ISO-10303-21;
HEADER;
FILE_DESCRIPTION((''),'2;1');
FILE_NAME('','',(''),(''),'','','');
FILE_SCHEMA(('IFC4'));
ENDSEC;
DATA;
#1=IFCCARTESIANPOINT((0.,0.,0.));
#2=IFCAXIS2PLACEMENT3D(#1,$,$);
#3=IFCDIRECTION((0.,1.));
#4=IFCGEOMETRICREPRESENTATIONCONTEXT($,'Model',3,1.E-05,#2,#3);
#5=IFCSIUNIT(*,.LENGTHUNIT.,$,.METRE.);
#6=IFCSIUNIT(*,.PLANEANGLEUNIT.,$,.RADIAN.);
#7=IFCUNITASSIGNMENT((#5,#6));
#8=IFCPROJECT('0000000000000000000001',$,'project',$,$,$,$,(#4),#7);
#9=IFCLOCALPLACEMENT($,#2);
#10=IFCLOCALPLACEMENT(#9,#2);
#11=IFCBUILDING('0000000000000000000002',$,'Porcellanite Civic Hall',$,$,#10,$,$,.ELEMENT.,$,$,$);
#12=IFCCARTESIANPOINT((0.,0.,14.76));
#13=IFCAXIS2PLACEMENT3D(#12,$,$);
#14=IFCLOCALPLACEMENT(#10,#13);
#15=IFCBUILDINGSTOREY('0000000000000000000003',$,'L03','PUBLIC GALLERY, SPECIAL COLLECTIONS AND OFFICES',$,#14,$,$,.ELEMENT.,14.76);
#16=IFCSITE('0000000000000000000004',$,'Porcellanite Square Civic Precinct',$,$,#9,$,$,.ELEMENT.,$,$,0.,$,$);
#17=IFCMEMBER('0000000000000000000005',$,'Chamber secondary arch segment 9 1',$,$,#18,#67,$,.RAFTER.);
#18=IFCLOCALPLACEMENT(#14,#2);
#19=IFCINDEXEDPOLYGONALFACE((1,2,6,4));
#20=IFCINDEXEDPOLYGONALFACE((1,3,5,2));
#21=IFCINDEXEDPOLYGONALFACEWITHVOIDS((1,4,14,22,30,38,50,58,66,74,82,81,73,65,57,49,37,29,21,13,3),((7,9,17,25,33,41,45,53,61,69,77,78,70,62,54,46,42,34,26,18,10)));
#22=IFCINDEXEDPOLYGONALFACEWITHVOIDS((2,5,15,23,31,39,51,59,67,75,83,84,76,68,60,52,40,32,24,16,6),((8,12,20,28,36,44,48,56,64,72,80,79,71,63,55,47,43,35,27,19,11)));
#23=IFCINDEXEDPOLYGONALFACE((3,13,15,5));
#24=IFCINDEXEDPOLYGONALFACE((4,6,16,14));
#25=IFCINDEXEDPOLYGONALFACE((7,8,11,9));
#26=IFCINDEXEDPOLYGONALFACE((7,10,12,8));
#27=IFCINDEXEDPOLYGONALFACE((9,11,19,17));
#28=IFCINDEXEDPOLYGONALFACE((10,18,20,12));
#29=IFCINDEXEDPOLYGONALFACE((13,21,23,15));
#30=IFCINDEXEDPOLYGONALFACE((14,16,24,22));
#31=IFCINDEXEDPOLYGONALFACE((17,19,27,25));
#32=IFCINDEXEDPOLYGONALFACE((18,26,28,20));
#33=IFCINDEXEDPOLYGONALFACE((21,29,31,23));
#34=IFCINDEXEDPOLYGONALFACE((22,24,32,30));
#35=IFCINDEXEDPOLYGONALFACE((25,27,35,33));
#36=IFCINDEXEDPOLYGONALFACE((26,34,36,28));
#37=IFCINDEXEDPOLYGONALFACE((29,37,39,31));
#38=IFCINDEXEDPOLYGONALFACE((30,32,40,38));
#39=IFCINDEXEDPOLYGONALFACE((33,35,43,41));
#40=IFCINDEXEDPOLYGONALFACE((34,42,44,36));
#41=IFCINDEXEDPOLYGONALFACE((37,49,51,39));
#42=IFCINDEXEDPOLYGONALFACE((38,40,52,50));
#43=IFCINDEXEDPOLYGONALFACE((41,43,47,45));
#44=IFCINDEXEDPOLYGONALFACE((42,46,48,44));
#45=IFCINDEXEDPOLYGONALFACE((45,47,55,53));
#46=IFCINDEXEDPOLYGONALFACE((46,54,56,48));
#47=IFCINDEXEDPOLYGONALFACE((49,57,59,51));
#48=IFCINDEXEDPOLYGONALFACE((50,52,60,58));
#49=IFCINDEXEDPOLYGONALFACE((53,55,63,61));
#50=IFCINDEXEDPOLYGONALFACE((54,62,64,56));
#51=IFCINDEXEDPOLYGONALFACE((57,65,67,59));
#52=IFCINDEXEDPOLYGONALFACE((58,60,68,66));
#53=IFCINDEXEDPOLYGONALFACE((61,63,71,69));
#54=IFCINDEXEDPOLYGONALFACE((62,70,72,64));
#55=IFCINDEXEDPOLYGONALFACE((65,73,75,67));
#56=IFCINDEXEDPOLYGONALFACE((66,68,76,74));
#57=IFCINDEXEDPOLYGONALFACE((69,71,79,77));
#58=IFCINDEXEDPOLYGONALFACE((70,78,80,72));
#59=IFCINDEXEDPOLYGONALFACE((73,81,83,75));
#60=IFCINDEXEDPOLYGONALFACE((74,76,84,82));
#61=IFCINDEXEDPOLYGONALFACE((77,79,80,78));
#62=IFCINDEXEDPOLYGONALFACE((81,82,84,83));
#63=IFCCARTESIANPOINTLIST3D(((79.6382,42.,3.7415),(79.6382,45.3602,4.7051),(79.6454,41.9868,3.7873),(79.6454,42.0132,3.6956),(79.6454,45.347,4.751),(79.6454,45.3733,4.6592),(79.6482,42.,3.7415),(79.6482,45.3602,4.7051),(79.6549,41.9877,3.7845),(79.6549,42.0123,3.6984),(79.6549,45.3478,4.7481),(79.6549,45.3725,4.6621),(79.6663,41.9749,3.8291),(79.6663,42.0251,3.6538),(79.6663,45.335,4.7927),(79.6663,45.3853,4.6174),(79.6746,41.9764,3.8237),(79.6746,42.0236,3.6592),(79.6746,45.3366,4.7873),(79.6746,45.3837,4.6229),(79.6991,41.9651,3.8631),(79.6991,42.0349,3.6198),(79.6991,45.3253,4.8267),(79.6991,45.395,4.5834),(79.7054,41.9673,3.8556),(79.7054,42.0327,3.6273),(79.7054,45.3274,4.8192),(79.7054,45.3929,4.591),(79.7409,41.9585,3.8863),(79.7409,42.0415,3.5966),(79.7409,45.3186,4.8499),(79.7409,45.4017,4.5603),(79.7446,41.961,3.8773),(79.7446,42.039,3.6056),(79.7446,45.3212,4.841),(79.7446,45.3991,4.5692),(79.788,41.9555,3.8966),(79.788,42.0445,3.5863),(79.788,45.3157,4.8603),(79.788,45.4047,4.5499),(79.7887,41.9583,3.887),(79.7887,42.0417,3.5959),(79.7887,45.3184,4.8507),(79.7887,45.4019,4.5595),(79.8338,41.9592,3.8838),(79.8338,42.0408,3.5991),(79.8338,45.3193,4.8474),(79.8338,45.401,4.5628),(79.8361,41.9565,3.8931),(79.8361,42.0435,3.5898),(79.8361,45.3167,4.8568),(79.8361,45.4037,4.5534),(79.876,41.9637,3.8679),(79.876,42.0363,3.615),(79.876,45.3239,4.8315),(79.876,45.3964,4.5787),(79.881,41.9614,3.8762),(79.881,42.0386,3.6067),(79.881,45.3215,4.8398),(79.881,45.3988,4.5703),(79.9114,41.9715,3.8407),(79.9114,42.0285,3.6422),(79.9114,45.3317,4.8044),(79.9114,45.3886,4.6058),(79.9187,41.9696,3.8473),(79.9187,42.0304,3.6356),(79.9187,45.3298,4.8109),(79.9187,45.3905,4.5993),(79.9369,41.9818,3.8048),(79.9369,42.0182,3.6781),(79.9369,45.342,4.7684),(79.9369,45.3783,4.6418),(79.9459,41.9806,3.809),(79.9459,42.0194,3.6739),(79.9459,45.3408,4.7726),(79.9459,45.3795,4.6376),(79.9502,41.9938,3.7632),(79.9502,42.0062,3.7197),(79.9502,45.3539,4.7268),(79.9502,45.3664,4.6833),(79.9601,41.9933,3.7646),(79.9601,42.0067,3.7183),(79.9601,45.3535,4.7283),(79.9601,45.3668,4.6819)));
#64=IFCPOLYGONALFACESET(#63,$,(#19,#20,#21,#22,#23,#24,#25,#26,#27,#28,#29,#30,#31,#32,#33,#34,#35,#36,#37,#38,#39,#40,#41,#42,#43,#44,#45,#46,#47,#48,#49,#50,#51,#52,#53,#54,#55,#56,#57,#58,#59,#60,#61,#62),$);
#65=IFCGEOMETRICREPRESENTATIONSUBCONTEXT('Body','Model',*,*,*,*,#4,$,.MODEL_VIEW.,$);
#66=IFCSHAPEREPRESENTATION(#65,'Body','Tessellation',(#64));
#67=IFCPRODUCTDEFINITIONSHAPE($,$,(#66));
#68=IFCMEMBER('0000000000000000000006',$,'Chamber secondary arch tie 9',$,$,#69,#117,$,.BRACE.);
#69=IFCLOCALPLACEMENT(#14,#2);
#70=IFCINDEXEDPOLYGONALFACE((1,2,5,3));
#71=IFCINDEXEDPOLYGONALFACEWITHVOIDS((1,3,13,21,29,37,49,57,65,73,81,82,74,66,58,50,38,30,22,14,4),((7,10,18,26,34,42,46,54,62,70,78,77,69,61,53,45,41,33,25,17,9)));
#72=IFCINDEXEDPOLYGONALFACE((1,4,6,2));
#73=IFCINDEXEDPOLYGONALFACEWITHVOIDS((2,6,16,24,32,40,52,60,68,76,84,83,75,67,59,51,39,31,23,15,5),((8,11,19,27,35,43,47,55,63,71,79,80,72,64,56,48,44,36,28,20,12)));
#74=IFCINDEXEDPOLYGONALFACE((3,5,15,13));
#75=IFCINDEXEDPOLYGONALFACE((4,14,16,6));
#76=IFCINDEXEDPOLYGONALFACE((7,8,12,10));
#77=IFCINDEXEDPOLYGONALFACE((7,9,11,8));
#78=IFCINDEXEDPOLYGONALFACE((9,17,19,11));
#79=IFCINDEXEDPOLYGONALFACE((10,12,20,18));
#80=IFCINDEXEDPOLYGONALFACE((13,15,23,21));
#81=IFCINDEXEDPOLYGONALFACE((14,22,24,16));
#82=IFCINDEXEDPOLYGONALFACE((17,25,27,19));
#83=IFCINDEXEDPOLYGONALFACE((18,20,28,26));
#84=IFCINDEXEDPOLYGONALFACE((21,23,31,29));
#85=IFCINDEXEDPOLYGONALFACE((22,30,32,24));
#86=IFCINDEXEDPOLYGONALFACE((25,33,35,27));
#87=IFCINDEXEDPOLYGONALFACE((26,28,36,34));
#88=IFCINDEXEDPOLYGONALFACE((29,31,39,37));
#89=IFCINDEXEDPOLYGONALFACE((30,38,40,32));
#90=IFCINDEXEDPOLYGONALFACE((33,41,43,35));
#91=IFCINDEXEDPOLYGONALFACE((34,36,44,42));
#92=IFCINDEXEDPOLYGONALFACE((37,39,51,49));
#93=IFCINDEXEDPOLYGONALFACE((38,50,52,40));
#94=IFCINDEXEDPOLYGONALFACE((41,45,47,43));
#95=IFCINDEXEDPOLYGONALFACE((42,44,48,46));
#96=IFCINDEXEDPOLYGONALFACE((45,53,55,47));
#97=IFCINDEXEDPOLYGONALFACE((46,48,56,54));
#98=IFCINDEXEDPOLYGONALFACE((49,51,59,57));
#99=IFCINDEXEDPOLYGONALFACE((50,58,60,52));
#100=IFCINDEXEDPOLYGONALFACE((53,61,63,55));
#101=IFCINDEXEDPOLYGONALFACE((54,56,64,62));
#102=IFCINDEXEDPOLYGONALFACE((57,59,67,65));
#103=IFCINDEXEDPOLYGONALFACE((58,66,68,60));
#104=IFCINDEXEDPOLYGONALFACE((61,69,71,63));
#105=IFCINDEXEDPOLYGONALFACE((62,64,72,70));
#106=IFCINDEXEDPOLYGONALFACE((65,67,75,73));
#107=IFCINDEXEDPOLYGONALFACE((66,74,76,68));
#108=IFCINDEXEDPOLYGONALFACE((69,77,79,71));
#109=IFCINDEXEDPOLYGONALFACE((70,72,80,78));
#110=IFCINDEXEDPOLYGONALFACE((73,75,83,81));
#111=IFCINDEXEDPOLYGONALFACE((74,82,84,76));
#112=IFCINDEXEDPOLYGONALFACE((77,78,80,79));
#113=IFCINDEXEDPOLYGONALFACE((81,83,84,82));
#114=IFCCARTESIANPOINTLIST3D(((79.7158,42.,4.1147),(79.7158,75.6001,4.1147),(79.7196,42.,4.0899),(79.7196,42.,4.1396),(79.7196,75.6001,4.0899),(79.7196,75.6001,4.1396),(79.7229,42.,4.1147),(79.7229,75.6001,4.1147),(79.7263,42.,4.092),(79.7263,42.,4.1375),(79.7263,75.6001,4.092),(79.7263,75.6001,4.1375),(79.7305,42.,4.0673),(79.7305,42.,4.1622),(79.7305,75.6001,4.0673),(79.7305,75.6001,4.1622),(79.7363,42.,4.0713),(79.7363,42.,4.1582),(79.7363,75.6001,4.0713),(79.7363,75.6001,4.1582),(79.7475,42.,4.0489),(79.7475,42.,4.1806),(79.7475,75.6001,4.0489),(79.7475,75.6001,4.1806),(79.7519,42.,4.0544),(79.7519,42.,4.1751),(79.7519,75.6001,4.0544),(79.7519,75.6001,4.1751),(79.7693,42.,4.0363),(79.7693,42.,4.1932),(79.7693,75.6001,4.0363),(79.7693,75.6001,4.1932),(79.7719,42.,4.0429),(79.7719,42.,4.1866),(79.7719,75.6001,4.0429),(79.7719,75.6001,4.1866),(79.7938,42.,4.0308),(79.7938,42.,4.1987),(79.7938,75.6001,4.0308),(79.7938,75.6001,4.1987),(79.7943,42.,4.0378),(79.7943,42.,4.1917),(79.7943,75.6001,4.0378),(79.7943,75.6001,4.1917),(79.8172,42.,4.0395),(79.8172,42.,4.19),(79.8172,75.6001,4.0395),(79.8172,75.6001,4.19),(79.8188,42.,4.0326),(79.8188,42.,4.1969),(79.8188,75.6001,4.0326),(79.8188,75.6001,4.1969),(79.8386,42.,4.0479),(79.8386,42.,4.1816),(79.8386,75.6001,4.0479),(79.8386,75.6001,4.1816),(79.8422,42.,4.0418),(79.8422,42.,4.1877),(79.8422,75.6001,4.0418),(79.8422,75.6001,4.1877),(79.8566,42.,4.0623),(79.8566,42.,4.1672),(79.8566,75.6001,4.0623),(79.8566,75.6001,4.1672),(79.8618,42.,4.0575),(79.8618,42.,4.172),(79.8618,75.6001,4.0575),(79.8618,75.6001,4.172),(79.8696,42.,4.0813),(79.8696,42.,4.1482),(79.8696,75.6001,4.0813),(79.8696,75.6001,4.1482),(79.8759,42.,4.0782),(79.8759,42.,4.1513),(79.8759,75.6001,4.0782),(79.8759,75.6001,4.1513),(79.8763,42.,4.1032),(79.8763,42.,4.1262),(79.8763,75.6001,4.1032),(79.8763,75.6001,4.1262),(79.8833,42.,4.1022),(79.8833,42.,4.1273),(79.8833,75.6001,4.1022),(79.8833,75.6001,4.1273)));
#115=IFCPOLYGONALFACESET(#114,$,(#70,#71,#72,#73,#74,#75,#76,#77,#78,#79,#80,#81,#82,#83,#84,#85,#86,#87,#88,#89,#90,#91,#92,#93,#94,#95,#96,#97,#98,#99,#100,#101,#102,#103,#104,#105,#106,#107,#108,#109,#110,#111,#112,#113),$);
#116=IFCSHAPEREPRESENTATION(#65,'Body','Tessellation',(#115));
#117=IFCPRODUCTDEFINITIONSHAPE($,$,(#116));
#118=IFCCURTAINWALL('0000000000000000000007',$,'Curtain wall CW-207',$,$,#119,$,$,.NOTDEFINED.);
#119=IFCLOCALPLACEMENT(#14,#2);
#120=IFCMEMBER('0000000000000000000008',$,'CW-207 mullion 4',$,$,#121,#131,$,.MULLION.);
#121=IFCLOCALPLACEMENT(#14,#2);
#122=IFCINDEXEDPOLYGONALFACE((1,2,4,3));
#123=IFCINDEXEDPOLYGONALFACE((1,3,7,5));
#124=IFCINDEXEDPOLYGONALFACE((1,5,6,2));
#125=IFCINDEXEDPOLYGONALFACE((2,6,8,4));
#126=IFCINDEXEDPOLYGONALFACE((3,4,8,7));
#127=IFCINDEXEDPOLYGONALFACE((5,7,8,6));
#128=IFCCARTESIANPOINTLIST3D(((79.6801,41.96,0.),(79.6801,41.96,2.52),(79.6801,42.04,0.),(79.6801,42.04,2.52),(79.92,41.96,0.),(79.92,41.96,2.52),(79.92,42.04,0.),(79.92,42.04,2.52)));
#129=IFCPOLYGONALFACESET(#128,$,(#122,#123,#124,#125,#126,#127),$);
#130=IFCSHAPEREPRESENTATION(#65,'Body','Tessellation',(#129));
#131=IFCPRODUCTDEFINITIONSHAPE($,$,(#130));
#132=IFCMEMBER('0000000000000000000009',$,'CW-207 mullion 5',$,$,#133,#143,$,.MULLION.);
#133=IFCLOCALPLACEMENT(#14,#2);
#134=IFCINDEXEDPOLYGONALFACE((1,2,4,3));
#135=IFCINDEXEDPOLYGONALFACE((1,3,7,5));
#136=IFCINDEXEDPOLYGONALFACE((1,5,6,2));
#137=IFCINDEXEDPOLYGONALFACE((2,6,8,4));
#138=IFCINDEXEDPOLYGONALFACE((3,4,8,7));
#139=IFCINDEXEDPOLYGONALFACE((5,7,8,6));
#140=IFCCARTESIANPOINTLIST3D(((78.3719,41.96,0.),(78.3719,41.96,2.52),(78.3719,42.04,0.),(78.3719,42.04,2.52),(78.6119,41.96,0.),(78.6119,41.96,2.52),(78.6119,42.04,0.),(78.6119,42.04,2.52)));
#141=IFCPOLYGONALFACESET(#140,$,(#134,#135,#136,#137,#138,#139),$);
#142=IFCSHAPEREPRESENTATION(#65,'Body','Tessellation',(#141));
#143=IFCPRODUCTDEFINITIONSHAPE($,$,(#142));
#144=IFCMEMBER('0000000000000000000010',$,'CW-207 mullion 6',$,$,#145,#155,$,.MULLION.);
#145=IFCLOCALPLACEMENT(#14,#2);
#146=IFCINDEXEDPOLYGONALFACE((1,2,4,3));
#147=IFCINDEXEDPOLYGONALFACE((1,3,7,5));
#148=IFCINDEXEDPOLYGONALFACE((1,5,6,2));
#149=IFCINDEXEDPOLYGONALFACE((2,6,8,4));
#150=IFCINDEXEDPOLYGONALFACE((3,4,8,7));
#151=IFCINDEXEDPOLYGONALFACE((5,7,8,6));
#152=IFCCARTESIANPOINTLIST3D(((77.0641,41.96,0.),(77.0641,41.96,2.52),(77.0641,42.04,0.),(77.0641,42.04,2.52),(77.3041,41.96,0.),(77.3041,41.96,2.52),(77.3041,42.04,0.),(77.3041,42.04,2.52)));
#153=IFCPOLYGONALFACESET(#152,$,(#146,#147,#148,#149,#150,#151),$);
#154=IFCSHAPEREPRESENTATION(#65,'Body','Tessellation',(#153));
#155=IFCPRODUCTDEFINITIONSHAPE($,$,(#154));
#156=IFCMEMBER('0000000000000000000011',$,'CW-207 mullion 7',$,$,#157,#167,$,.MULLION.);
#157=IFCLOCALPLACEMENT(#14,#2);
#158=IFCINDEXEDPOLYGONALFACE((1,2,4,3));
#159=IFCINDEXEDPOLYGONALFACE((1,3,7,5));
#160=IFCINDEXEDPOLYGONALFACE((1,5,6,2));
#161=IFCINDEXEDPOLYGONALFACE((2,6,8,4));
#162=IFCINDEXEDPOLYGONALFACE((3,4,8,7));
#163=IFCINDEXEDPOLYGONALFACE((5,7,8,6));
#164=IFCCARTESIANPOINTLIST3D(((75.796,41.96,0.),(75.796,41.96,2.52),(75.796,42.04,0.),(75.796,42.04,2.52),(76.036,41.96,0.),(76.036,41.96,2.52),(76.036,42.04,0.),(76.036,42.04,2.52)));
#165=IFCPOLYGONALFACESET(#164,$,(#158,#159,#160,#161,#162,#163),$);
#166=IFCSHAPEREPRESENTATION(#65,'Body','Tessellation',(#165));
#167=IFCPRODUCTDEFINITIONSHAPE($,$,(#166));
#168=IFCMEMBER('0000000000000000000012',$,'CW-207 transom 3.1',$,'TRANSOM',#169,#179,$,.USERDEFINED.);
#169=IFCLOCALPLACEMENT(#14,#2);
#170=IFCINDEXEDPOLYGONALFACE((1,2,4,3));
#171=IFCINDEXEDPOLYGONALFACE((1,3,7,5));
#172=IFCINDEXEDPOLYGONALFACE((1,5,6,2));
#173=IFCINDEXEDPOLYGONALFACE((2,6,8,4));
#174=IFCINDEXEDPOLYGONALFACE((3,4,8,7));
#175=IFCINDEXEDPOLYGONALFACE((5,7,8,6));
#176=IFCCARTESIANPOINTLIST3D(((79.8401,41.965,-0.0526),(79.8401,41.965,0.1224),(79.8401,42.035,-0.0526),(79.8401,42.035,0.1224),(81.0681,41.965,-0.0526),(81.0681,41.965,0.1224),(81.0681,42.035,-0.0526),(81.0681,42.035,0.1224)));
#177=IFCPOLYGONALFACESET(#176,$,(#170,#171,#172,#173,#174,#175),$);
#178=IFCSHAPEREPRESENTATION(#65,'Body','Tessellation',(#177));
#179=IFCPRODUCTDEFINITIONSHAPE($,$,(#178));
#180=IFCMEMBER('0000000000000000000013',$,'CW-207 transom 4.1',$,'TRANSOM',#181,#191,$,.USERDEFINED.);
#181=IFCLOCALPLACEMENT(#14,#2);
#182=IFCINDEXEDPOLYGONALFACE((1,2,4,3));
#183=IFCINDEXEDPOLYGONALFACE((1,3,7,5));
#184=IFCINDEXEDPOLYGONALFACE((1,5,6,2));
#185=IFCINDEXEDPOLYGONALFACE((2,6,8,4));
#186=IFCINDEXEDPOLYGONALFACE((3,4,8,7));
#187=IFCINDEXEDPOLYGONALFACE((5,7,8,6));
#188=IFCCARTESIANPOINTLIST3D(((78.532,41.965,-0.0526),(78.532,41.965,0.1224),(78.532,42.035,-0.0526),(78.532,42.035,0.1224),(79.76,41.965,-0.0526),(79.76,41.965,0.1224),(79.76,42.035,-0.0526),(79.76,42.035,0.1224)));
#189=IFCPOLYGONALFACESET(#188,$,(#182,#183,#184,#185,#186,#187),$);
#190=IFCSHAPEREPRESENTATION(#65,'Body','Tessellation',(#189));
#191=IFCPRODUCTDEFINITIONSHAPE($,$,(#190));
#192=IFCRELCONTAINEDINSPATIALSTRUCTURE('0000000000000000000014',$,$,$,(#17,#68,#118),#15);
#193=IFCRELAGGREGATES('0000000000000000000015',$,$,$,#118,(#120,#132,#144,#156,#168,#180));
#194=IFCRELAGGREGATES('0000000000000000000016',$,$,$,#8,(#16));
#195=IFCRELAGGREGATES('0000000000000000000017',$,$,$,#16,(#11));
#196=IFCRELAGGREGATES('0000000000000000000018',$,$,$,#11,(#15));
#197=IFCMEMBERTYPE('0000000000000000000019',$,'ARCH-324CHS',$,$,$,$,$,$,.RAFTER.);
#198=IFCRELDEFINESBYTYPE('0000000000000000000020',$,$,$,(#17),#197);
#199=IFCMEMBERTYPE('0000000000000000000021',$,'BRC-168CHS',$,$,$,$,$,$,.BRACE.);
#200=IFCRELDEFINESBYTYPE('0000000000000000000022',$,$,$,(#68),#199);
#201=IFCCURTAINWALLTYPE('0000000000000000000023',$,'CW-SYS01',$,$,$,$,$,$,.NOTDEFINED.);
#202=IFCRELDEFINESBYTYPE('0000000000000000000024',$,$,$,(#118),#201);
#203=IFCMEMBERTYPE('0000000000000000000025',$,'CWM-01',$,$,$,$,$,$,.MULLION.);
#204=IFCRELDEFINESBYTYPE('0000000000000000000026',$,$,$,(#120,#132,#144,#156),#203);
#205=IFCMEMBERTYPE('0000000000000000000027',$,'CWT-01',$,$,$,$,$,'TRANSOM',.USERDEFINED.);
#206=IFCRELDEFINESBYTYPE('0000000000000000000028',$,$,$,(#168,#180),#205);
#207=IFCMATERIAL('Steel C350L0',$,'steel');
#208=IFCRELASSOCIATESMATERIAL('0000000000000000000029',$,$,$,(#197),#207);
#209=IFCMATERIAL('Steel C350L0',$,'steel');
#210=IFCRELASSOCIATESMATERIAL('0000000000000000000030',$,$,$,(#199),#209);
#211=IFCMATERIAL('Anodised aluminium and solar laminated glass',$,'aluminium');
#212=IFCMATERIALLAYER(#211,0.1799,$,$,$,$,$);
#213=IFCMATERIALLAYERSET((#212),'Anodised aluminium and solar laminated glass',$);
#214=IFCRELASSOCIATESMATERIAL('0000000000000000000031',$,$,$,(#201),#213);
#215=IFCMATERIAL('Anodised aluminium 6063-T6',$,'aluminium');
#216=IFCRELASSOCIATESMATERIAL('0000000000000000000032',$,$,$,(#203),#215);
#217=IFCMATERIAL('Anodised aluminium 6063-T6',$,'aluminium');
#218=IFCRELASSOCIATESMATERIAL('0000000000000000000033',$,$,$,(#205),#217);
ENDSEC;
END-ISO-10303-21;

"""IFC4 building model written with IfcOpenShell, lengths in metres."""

from ifc_helpers import new_model, si_unit, direction, frame, origin, origin_2d, place, context, subcontext, project, spatial, rectangle, hollow_circle, extrude, material, layer, layer_set, material_profile, profile_set, type_object, element, aggregate, save


model = new_model("IFC4")

# Units and contexts
model_context = context("Model", 3, precision=1e-05, world=origin(), true_north=direction((0.0, 1.0)))
body_context = subcontext(model_context, "Body", "Model", "MODEL_VIEW")
ifc_project = project(units=[si_unit("LENGTHUNIT", "METRE"), si_unit("PLANEANGLEUNIT", "RADIAN")], contexts=[model_context])

# Site, building, storey
site_placement = place(None, origin())
site = spatial("IfcSite", under=ifc_project, at=site_placement, Name="Porcellanite Square Civic Precinct", CompositionType="ELEMENT", RefElevation=0.0)
building_placement = place(site_placement, origin())
building = spatial("IfcBuilding", under=site, at=building_placement, Name="Porcellanite Civic Hall", CompositionType="ELEMENT")
storey_placement = place(building_placement, frame((0.0, 0.0, 14.76)))
storey = spatial("IfcBuildingStorey", under=building, at=storey_placement, Name="L03", Description="PUBLIC GALLERY, SPECIAL COLLECTIONS AND OFFICES", CompositionType="ELEMENT", Elevation=14.76)

# Members
ifc_material_1 = material(Name="Steel C350L0", Category="steel")
ifc_material_profile_1 = material_profile(ifc_material_1, hollow_circle(Radius=0.1619, WallThickness=0.01, at=origin_2d()), Name="323.9x10.0CHS")
ifc_profile_set_1 = profile_set([ifc_material_profile_1], Name="Steel C350L0")
member_type_1 = type_object("IfcMemberType", Name="ARCH-324CHS", PredefinedType="RAFTER", material=ifc_profile_set_1)
member_1_placement = place(storey_placement, frame((79.8, 42.0, 3.7415), z_axis=(0.0, 0.961252, 0.275671), x_axis=(-1.0, 0.0, 0.0)))
element("IfcMember", 1, at=member_1_placement, inside=storey, type_object=member_type_1, Name="Chamber secondary arch segment 9 1", PredefinedType="RAFTER", context=body_context, shape_type="SweptSolid", body=[
    extrude(hollow_circle(Radius=0.1619, WallThickness=0.01, at=origin_2d()), origin(), (0.0, 0.0, 1.0), 3.4956),
])
ifc_material_2 = material(Name="Steel C350L0", Category="steel")
ifc_material_profile_2 = material_profile(ifc_material_2, hollow_circle(Radius=0.0842, WallThickness=0.0071, at=origin_2d()), Name="168.3x7.1CHS")
ifc_profile_set_2 = profile_set([ifc_material_profile_2], Name="Steel C350L0")
member_type_2 = type_object("IfcMemberType", Name="BRC-168CHS", PredefinedType="BRACE", material=ifc_profile_set_2)
member_2_placement = place(storey_placement, frame((79.8, 42.0, 4.1147), z_axis=(0.0, 1.0, 0.0), x_axis=(-1.0, 0.0, 0.0)))
element("IfcMember", 2, at=member_2_placement, inside=storey, type_object=member_type_2, Name="Chamber secondary arch tie 9", PredefinedType="BRACE", context=body_context, shape_type="SweptSolid", body=[
    extrude(hollow_circle(Radius=0.0842, WallThickness=0.0071, at=origin_2d()), origin(), (0.0, 0.0, 1.0), 33.6001),
])

# Curtain wall, members
ifc_material_3 = material(Name="Anodised aluminium and solar laminated glass", Category="aluminium")
ifc_layer_1 = layer(ifc_material_3, 0.1799)
ifc_layer_set_1 = layer_set([ifc_layer_1], Name="Anodised aluminium and solar laminated glass")
curtain_wall_type = type_object("IfcCurtainWallType", Name="CW-SYS01", PredefinedType="NOTDEFINED", material=ifc_layer_set_1)
curtain_wall_placement = place(storey_placement, origin())
curtain_wall = element("IfcCurtainWall", 3, at=curtain_wall_placement, inside=storey, type_object=curtain_wall_type, Name="Curtain wall CW-207", PredefinedType="NOTDEFINED")
ifc_material_4 = material(Name="Anodised aluminium 6063-T6", Category="aluminium")
ifc_material_profile_3 = material_profile(ifc_material_4, rectangle(XDim=0.0801, YDim=0.24, at=origin_2d()), Name="AL-80x240")
ifc_profile_set_3 = profile_set([ifc_material_profile_3], Name="Anodised aluminium 6063-T6")
member_type_3 = type_object("IfcMemberType", Name="CWM-01", PredefinedType="MULLION", material=ifc_profile_set_3)
member_3_placement = place(storey_placement, frame((79.8, 42.0, 0.0), z_axis=(0.0, 0.0, 1.0), x_axis=(0.0, -1.0, 0.0)))
member_3 = element("IfcMember", 4, at=member_3_placement, type_object=member_type_3, Name="CW-207 mullion 4", PredefinedType="MULLION", context=body_context, shape_type="SweptSolid", body=[
    extrude(rectangle(XDim=0.0801, YDim=0.24, at=origin_2d()), origin(), (0.0, 0.0, 1.0), 2.52),
])
member_4_placement = place(storey_placement, frame((78.4919, 42.0, 0.0), z_axis=(0.0, 0.0, 1.0), x_axis=(0.0, -1.0, 0.0)))
member_4 = element("IfcMember", 5, at=member_4_placement, type_object=member_type_3, Name="CW-207 mullion 5", PredefinedType="MULLION", context=body_context, shape_type="SweptSolid", body=[
    extrude(rectangle(XDim=0.0801, YDim=0.24, at=origin_2d()), origin(), (0.0, 0.0, 1.0), 2.52),
])
member_5_placement = place(storey_placement, frame((77.1841, 42.0, 0.0), z_axis=(0.0, 0.0, 1.0), x_axis=(0.0, -1.0, 0.0)))
member_5 = element("IfcMember", 6, at=member_5_placement, type_object=member_type_3, Name="CW-207 mullion 6", PredefinedType="MULLION", context=body_context, shape_type="SweptSolid", body=[
    extrude(rectangle(XDim=0.0801, YDim=0.24, at=origin_2d()), origin(), (0.0, 0.0, 1.0), 2.52),
])
member_6_placement = place(storey_placement, frame((75.916, 42.0, 0.0), z_axis=(0.0, 0.0, 1.0), x_axis=(0.0, -1.0, 0.0)))
member_6 = element("IfcMember", 7, at=member_6_placement, type_object=member_type_3, Name="CW-207 mullion 7", PredefinedType="MULLION", context=body_context, shape_type="SweptSolid", body=[
    extrude(rectangle(XDim=0.0801, YDim=0.24, at=origin_2d()), origin(), (0.0, 0.0, 1.0), 2.52),
])
ifc_material_5 = material(Name="Anodised aluminium 6063-T6", Category="aluminium")
ifc_material_profile_4 = material_profile(ifc_material_5, rectangle(XDim=0.0701, YDim=0.175, at=origin_2d()), Name="AL-70x175")
ifc_profile_set_4 = profile_set([ifc_material_profile_4], Name="Anodised aluminium 6063-T6")
member_type_4 = type_object("IfcMemberType", Name="CWT-01", ElementType="TRANSOM", PredefinedType="USERDEFINED", material=ifc_profile_set_4)
member_7_placement = place(storey_placement, frame((81.0681, 42.0, 0.0349), z_axis=(-1.0, 0.0, 0.0), x_axis=(0.0, -1.0, 0.0)))
member_7 = element("IfcMember", 8, at=member_7_placement, type_object=member_type_4, Name="CW-207 transom 3.1", ObjectType="TRANSOM", PredefinedType="USERDEFINED", context=body_context, shape_type="SweptSolid", body=[
    extrude(rectangle(XDim=0.0701, YDim=0.175, at=origin_2d()), origin(), (0.0, 0.0, 1.0), 1.228),
])
member_8_placement = place(storey_placement, frame((79.76, 42.0, 0.0349), z_axis=(-1.0, 0.0, 0.0), x_axis=(0.0, -1.0, 0.0)))
member_8 = element("IfcMember", 9, at=member_8_placement, type_object=member_type_4, Name="CW-207 transom 4.1", ObjectType="TRANSOM", PredefinedType="USERDEFINED", context=body_context, shape_type="SweptSolid", body=[
    extrude(rectangle(XDim=0.0701, YDim=0.175, at=origin_2d()), origin(), (0.0, 0.0, 1.0), 1.228),
])
aggregate(curtain_wall, [member_3, member_4, member_5, member_6, member_7, member_8])

save(model, "model.ifc")
